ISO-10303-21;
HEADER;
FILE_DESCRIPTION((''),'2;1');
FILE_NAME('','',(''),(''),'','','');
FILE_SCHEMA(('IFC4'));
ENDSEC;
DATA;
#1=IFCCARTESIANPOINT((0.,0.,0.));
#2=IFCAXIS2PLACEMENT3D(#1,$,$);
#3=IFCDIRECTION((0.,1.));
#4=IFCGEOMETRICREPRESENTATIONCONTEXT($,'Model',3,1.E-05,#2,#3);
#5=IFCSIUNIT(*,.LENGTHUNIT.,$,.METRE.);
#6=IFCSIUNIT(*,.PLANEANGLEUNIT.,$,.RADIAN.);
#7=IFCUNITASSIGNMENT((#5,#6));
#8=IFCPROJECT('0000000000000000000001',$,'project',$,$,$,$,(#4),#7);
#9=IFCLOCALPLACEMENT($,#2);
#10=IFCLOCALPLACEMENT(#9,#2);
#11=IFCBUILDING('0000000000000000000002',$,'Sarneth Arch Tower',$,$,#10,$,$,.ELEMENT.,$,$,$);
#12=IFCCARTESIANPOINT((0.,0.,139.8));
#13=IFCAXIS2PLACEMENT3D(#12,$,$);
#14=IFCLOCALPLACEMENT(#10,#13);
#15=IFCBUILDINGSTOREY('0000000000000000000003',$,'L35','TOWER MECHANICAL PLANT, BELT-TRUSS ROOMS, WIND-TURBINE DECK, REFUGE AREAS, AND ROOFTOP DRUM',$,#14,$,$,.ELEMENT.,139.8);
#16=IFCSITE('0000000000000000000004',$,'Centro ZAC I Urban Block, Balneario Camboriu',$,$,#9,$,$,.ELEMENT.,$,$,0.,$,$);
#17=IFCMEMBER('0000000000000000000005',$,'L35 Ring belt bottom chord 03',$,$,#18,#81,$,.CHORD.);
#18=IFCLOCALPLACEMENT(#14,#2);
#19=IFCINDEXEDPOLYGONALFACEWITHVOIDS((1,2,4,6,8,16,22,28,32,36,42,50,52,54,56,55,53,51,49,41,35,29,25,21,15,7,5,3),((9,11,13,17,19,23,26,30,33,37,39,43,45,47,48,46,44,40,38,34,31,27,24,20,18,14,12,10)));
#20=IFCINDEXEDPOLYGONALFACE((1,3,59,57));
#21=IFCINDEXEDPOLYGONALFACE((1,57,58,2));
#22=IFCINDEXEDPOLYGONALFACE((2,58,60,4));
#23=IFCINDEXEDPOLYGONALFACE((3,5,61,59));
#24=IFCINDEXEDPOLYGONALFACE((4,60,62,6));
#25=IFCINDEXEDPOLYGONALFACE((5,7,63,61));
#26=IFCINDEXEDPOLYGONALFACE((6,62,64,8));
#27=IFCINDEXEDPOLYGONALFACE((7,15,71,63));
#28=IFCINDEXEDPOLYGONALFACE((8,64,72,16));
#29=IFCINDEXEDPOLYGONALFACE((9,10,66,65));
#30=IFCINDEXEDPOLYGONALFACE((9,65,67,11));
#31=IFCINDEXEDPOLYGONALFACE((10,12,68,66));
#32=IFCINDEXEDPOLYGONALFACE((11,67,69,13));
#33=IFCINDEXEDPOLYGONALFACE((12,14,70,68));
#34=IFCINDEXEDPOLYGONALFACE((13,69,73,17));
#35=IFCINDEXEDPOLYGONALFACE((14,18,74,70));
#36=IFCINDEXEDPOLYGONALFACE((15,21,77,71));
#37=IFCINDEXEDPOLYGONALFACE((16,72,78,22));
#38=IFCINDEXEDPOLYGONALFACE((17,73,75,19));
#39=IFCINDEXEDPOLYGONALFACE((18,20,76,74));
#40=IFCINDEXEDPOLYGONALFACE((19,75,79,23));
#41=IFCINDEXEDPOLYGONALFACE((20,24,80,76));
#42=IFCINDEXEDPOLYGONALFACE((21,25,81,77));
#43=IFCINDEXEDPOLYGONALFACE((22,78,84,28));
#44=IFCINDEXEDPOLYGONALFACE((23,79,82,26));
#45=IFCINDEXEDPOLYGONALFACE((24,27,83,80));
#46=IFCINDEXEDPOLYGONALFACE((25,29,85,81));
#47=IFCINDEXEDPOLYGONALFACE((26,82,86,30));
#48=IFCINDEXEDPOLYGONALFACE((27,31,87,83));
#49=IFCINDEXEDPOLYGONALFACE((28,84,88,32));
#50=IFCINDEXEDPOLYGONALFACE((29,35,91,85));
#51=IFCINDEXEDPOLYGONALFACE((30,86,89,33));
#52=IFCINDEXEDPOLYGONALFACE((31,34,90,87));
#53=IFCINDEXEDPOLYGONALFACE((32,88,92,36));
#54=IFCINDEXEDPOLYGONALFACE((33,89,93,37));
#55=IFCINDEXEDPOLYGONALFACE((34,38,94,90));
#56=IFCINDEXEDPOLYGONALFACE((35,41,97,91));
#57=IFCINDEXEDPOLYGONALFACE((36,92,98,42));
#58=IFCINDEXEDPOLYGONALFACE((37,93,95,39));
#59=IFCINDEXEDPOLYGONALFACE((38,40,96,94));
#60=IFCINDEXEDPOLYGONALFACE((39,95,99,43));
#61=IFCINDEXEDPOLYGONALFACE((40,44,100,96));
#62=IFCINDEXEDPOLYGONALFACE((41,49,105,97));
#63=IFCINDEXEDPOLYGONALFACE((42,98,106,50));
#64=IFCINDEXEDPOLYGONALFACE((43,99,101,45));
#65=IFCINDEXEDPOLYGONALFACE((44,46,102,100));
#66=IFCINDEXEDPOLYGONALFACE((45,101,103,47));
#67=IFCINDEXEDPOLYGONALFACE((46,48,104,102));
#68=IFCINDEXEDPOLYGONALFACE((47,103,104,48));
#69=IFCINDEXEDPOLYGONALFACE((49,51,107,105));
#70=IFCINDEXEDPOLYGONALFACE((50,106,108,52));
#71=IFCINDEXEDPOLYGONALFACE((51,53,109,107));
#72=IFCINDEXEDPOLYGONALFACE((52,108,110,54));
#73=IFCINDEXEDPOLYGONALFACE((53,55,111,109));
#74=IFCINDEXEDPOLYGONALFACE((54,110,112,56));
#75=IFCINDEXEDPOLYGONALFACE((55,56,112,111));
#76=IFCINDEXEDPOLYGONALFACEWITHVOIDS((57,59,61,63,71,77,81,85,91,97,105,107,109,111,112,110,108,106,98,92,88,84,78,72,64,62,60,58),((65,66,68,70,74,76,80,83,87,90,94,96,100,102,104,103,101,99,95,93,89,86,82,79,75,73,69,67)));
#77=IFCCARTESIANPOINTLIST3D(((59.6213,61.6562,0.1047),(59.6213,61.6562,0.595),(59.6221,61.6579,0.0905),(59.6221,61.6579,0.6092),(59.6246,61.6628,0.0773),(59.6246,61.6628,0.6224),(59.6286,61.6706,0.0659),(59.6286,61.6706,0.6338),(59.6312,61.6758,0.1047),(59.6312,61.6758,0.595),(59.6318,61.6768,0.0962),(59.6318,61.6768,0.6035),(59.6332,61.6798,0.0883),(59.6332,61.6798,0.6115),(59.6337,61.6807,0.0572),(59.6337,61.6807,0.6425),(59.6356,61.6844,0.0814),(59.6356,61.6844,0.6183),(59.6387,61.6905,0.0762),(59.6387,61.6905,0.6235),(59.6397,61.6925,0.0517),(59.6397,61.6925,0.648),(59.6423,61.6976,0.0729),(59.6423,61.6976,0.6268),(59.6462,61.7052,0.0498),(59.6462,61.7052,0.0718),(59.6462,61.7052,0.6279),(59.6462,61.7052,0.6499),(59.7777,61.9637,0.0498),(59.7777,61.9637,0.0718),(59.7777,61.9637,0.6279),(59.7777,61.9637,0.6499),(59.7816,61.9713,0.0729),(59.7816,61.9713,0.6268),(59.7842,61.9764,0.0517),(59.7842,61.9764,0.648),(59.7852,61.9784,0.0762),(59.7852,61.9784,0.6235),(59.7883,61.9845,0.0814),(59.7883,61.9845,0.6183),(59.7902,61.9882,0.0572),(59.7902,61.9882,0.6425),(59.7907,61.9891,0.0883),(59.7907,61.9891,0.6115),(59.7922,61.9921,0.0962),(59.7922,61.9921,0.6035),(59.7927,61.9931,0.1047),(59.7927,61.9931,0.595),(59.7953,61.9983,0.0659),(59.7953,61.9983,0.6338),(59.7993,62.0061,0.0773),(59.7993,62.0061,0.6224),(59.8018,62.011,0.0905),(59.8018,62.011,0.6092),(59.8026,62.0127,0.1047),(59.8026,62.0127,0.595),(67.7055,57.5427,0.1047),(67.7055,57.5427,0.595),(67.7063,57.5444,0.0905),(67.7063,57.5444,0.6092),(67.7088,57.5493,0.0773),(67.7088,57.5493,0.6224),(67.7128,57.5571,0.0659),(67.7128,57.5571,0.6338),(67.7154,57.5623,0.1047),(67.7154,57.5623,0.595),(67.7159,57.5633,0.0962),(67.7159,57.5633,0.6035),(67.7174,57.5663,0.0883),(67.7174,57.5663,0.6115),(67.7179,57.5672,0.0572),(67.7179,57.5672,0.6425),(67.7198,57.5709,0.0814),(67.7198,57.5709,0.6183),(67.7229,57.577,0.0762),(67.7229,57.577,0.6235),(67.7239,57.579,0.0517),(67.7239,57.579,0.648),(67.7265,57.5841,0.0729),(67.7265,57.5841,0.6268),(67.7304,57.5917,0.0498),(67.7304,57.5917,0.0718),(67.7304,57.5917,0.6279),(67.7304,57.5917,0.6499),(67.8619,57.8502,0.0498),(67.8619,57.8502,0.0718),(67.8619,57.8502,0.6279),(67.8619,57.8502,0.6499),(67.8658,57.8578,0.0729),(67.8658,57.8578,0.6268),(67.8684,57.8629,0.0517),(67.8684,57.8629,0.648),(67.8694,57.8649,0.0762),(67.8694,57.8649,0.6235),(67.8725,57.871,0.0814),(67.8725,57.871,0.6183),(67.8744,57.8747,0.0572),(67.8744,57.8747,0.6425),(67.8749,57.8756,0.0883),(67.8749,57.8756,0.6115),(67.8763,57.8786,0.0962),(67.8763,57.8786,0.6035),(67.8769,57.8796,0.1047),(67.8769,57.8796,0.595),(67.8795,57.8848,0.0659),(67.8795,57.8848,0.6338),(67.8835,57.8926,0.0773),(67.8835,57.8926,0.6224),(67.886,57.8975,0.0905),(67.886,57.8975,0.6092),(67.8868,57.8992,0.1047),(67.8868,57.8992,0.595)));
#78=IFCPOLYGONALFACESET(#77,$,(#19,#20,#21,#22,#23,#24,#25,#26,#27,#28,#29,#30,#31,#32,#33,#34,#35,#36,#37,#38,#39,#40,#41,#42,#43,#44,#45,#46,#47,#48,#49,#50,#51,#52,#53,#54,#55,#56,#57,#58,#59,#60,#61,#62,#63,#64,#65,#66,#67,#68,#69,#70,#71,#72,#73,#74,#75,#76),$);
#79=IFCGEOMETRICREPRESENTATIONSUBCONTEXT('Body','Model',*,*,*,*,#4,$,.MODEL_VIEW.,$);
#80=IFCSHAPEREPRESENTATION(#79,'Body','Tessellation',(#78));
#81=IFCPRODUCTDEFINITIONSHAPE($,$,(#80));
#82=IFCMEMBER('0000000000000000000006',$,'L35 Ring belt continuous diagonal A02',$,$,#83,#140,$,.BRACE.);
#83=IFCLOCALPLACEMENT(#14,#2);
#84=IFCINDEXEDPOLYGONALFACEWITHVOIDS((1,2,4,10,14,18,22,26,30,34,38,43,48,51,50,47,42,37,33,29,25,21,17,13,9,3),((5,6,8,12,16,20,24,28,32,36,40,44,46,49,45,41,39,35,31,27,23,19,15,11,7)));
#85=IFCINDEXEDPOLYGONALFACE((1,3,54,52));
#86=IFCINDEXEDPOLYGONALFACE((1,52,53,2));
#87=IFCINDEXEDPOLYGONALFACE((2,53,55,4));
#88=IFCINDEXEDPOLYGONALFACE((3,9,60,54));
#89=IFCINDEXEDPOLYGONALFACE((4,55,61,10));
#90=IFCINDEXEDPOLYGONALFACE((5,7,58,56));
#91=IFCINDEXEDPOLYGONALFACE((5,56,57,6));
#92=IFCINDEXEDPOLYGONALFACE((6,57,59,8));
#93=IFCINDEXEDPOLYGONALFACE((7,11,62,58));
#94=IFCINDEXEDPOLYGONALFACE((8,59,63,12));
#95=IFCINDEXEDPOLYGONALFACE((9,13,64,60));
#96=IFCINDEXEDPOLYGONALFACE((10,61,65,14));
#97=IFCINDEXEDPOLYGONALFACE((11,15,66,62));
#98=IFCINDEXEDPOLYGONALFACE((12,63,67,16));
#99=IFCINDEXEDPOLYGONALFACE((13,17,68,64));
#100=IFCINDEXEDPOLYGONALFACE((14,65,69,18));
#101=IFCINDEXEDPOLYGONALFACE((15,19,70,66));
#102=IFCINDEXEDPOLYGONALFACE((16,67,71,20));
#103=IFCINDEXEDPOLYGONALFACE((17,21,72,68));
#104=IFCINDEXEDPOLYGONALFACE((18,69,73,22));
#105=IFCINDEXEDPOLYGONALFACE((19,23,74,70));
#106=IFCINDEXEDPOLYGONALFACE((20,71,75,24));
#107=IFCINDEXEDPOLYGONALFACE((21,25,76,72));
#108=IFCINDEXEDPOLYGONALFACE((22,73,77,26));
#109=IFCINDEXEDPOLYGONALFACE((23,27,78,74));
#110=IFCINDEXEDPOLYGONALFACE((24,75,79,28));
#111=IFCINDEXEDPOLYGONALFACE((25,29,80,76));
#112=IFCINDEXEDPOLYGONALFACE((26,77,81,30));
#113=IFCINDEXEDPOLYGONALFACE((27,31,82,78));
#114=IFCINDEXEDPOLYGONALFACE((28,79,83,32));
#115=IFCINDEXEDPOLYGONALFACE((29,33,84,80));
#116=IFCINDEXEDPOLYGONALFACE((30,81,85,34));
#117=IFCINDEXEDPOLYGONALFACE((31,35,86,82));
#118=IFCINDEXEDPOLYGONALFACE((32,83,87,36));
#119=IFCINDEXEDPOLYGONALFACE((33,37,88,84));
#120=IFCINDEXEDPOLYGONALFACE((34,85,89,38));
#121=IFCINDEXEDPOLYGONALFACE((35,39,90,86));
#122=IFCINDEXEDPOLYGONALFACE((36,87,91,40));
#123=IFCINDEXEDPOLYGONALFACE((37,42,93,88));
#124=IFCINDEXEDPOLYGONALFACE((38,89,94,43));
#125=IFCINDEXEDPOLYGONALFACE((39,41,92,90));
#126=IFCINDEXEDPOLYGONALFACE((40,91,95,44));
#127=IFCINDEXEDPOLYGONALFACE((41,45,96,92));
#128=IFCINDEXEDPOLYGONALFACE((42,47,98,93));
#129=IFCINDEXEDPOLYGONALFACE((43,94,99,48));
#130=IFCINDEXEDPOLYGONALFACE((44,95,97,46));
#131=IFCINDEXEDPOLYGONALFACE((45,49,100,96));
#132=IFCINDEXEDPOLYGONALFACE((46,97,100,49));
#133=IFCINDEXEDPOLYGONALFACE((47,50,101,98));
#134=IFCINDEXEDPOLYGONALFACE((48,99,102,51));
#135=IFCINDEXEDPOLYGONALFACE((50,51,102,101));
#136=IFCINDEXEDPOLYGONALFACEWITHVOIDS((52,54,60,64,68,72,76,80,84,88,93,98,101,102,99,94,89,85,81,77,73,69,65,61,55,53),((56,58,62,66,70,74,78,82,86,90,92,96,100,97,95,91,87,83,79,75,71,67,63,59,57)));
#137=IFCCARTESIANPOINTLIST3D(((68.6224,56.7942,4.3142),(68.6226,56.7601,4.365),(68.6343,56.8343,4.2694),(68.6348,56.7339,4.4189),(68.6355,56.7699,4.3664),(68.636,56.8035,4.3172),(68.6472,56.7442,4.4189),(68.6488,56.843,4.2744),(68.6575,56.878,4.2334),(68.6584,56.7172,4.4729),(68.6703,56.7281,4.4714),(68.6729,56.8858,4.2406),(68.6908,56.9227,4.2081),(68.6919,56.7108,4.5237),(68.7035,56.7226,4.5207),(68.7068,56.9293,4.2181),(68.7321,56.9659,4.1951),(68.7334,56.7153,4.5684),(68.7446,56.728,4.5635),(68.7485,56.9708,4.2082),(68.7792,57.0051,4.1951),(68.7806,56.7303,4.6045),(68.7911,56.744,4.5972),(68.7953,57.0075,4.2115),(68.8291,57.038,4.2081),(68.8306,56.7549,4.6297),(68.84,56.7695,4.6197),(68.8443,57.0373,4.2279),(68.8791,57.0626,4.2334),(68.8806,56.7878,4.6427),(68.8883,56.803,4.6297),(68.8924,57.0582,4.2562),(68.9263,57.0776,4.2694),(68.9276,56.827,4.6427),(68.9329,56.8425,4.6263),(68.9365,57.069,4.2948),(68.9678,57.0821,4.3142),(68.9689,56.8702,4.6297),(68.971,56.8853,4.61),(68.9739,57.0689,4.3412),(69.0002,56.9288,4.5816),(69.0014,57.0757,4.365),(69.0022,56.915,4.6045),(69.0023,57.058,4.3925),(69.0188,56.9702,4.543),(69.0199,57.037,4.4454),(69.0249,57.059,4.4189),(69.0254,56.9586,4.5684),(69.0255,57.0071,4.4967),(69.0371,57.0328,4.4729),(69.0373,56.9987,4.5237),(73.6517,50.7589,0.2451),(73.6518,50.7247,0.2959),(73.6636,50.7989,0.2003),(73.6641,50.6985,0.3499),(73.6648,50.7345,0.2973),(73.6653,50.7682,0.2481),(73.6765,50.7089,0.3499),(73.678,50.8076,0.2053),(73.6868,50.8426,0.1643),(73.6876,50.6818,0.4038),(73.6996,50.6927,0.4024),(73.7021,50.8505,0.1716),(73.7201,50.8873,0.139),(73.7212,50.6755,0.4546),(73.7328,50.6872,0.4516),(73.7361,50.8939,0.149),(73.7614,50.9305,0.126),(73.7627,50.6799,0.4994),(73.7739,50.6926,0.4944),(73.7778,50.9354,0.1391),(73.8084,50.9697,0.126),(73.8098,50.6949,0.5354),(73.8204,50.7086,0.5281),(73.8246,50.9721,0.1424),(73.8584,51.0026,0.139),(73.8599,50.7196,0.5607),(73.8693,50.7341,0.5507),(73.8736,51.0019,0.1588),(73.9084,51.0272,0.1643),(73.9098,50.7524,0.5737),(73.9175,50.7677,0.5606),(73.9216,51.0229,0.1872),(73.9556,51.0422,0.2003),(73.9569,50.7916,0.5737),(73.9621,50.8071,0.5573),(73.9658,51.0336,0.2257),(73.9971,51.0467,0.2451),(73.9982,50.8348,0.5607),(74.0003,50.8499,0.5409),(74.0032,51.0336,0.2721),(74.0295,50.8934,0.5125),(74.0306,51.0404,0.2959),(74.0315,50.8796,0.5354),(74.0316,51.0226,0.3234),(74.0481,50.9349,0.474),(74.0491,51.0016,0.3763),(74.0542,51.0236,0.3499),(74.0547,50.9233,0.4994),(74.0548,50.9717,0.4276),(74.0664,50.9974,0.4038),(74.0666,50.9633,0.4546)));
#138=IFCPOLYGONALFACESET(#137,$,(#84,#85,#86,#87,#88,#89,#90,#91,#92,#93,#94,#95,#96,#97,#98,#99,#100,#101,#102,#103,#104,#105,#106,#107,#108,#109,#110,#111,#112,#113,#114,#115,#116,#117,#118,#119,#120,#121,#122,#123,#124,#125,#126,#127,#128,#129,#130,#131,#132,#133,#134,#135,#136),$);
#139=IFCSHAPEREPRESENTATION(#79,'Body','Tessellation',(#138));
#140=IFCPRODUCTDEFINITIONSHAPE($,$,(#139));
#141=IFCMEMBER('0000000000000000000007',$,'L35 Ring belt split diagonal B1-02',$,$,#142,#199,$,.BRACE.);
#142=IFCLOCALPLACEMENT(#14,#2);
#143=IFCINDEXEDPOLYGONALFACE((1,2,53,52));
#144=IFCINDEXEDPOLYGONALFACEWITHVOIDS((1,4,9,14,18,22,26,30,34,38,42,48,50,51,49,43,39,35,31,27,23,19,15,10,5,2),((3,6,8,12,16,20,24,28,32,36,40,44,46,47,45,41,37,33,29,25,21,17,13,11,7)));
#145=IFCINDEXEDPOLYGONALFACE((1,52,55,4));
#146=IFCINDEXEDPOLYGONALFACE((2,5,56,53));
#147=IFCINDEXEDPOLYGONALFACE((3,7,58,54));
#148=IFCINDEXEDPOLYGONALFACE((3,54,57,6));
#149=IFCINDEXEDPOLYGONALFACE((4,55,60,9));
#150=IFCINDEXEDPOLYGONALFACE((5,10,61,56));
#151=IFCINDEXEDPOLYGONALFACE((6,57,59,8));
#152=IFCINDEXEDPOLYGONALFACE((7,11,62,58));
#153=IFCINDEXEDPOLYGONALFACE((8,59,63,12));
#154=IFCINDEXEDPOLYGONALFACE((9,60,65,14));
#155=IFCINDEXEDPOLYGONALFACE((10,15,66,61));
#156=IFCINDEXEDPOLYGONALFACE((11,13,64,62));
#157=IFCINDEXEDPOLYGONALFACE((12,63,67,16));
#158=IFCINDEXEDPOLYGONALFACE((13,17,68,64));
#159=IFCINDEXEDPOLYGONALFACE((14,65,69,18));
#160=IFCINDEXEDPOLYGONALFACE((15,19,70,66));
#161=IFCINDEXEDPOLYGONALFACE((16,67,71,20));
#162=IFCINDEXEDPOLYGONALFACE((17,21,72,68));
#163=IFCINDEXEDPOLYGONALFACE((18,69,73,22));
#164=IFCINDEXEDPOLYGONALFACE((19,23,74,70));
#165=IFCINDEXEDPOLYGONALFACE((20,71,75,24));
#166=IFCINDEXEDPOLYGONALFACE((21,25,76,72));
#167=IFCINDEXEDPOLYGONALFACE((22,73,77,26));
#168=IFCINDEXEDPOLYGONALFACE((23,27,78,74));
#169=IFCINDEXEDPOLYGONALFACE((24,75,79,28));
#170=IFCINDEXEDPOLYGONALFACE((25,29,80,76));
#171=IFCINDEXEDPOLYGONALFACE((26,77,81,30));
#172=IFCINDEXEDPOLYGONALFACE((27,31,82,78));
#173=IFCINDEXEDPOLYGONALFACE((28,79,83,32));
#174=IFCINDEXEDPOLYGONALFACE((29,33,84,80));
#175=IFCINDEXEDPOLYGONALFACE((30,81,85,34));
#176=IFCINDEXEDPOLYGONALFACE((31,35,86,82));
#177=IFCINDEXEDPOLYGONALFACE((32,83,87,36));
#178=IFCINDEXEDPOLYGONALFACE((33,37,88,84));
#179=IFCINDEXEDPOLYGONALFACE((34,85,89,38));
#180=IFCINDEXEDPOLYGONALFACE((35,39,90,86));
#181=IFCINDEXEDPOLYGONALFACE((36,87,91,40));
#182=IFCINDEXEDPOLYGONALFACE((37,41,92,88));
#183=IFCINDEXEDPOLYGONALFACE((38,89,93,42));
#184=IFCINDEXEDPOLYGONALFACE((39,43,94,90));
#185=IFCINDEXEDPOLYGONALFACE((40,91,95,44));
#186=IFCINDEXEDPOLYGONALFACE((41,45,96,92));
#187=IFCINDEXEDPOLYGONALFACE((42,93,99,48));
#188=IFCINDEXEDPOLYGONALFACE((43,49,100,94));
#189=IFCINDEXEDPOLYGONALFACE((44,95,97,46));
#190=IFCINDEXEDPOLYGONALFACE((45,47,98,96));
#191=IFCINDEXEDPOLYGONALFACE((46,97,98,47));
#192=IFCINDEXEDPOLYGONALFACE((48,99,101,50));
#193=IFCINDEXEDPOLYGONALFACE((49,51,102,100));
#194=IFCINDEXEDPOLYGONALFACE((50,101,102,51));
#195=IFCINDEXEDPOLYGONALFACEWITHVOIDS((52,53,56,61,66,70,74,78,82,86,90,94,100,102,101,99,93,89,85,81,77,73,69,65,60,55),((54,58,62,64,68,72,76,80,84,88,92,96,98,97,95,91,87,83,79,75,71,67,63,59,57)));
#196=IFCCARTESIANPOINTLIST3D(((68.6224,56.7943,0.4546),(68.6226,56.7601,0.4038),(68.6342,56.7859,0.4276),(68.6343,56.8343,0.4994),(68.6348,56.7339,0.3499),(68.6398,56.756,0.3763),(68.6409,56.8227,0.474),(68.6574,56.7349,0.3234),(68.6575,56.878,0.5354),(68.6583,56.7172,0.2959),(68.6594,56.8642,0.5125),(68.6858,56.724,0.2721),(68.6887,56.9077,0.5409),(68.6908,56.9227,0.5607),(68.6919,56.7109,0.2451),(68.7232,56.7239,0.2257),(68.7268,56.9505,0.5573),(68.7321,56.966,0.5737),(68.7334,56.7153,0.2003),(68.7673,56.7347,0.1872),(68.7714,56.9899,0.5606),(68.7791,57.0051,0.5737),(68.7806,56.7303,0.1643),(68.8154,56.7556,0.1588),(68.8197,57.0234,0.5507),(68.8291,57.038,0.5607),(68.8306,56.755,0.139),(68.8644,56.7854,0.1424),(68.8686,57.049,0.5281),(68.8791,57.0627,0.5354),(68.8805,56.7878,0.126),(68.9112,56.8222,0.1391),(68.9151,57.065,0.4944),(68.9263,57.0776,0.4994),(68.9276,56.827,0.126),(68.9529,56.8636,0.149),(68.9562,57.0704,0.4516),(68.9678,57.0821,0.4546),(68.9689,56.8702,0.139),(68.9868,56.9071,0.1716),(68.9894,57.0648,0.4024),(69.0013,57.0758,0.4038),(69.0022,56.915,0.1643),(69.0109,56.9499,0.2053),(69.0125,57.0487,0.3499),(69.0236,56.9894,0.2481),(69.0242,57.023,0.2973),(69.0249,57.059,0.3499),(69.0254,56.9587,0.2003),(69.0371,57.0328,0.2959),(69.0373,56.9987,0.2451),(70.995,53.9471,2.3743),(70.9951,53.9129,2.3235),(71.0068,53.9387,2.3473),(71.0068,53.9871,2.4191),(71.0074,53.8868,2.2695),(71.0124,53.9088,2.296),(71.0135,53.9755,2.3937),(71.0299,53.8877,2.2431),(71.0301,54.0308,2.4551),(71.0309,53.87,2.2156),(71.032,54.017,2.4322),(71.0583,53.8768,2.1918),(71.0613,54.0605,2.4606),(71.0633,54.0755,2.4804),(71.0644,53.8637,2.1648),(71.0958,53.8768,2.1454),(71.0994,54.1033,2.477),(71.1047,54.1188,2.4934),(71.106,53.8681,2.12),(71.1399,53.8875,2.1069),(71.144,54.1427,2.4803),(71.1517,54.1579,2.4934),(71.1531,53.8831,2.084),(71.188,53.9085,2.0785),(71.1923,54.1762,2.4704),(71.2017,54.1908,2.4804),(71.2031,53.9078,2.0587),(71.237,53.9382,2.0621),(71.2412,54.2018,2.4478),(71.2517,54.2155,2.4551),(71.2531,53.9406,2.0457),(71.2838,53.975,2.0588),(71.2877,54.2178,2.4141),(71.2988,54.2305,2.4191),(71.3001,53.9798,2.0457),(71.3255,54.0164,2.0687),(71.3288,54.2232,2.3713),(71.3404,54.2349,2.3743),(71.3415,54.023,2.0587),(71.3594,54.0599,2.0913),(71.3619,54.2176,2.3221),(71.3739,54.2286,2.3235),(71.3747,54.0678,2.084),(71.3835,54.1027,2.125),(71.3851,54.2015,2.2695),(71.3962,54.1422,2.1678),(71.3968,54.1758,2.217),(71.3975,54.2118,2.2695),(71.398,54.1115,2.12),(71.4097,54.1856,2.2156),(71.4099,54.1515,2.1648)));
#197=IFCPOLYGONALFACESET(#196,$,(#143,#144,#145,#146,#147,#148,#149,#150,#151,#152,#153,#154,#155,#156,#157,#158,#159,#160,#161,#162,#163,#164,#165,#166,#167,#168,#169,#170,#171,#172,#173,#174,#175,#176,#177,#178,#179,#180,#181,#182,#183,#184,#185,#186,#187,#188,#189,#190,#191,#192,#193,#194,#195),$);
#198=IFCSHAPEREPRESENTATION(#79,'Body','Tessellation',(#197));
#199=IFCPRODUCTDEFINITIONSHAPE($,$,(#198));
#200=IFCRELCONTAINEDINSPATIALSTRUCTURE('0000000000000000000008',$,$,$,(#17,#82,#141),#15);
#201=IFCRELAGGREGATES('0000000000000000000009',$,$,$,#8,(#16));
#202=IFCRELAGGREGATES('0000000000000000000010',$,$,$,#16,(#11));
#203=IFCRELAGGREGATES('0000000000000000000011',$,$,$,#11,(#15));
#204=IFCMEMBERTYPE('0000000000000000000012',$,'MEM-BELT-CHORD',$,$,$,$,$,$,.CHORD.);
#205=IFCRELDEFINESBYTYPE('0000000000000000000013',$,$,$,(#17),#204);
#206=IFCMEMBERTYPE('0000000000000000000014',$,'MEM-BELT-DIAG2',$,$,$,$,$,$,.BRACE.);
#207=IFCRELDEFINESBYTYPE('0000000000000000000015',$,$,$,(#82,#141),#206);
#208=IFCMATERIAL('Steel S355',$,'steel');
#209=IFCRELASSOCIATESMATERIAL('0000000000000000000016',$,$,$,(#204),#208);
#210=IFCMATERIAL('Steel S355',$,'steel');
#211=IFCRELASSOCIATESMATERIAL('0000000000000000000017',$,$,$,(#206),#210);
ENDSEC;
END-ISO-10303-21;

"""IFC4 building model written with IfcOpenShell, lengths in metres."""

from ifc_helpers import new_model, si_unit, direction, frame, origin, origin_2d, place, context, subcontext, project, spatial, hollow_rectangle, hollow_circle, extrude, material, material_profile, profile_set, type_object, element, save


model = new_model("IFC4")

# Units and contexts
model_context = context("Model", 3, precision=1e-05, world=origin(), true_north=direction((0.0, 1.0)))
body_context = subcontext(model_context, "Body", "Model", "MODEL_VIEW")
ifc_project = project(units=[si_unit("LENGTHUNIT", "METRE"), si_unit("PLANEANGLEUNIT", "RADIAN")], contexts=[model_context])

# Site, building, storey
site_placement = place(None, origin())
site = spatial("IfcSite", under=ifc_project, at=site_placement, Name="Centro ZAC I Urban Block, Balneario Camboriu", CompositionType="ELEMENT", RefElevation=0.0)
building_placement = place(site_placement, origin())
building = spatial("IfcBuilding", under=site, at=building_placement, Name="Sarneth Arch Tower", CompositionType="ELEMENT")
storey_placement = place(building_placement, frame((0.0, 0.0, 139.8)))
storey = spatial("IfcBuildingStorey", under=building, at=storey_placement, Name="L35", Description="TOWER MECHANICAL PLANT, BELT-TRUSS ROOMS, WIND-TURBINE DECK, REFUGE AREAS, AND ROOFTOP DRUM", CompositionType="ELEMENT", Elevation=139.8)

# Members
ifc_material_1 = material(Name="Steel S355", Category="steel")
ifc_material_profile_1 = material_profile(ifc_material_1, hollow_rectangle(XDim=0.3999, YDim=0.6001, WallThickness=0.022, InnerFilletRadius=0.033, OuterFilletRadius=0.0549, at=origin_2d()), Name="RHS600x400x22")
ifc_profile_set_1 = profile_set([ifc_material_profile_1], Name="Steel S355")
member_type_1 = type_object("IfcMemberType", Name="MEM-BELT-CHORD", PredefinedType="CHORD", material=ifc_profile_set_1)
member_1_placement = place(storey_placement, frame((67.7961, 57.7209, 0.3499), z_axis=(-0.891256, 0.453501, 0.0), x_axis=(-0.453501, -0.891256, 0.0)))
element("IfcMember", 1, at=member_1_placement, inside=storey, type_object=member_type_1, Name="L35 Ring belt bottom chord 03", PredefinedType="CHORD", context=body_context, shape_type="SweptSolid", body=[
    extrude(hollow_rectangle(XDim=0.3999, YDim=0.6001, WallThickness=0.022, InnerFilletRadius=0.033, OuterFilletRadius=0.0549, at=origin_2d()), origin(), (0.0, 0.0, 1.0), 9.0706),
])
ifc_material_2 = material(Name="Steel S355", Category="steel")
ifc_material_profile_2 = material_profile(ifc_material_2, hollow_circle(Radius=0.2539, WallThickness=0.0161, at=origin_2d()), Name="CHS508x16")
ifc_profile_set_2 = profile_set([ifc_material_profile_2], Name="Steel S355")
member_type_2 = type_object("IfcMemberType", Name="MEM-BELT-DIAG2", PredefinedType="BRACE", material=ifc_profile_set_2)
member_2_placement = place(storey_placement, frame((73.8591, 50.8611, 0.3499), z_axis=(-0.568446, 0.682163, 0.459917), x_axis=(-0.768234, -0.640169, 0.0)))
element("IfcMember", 2, at=member_2_placement, inside=storey, type_object=member_type_2, Name="L35 Ring belt continuous diagonal A02", PredefinedType="BRACE", context=body_context, shape_type="SweptSolid", body=[
    extrude(hollow_circle(Radius=0.2539, WallThickness=0.0161, at=origin_2d()), origin(), (0.0, 0.0, 1.0), 8.8474),
])
member_3_placement = place(storey_placement, frame((68.8298, 56.8965, 0.3499), z_axis=(0.568442, -0.682153, 0.459936), x_axis=(0.768232, 0.640171, 0.0)))
element("IfcMember", 3, at=member_3_placement, inside=storey, type_object=member_type_2, Name="L35 Ring belt split diagonal B1-02", PredefinedType="BRACE", context=body_context, shape_type="SweptSolid", body=[
    extrude(hollow_circle(Radius=0.2539, WallThickness=0.0161, at=origin_2d()), origin(), (0.0, 0.0, 1.0), 4.1738),
])

save(model, "model.ifc")
